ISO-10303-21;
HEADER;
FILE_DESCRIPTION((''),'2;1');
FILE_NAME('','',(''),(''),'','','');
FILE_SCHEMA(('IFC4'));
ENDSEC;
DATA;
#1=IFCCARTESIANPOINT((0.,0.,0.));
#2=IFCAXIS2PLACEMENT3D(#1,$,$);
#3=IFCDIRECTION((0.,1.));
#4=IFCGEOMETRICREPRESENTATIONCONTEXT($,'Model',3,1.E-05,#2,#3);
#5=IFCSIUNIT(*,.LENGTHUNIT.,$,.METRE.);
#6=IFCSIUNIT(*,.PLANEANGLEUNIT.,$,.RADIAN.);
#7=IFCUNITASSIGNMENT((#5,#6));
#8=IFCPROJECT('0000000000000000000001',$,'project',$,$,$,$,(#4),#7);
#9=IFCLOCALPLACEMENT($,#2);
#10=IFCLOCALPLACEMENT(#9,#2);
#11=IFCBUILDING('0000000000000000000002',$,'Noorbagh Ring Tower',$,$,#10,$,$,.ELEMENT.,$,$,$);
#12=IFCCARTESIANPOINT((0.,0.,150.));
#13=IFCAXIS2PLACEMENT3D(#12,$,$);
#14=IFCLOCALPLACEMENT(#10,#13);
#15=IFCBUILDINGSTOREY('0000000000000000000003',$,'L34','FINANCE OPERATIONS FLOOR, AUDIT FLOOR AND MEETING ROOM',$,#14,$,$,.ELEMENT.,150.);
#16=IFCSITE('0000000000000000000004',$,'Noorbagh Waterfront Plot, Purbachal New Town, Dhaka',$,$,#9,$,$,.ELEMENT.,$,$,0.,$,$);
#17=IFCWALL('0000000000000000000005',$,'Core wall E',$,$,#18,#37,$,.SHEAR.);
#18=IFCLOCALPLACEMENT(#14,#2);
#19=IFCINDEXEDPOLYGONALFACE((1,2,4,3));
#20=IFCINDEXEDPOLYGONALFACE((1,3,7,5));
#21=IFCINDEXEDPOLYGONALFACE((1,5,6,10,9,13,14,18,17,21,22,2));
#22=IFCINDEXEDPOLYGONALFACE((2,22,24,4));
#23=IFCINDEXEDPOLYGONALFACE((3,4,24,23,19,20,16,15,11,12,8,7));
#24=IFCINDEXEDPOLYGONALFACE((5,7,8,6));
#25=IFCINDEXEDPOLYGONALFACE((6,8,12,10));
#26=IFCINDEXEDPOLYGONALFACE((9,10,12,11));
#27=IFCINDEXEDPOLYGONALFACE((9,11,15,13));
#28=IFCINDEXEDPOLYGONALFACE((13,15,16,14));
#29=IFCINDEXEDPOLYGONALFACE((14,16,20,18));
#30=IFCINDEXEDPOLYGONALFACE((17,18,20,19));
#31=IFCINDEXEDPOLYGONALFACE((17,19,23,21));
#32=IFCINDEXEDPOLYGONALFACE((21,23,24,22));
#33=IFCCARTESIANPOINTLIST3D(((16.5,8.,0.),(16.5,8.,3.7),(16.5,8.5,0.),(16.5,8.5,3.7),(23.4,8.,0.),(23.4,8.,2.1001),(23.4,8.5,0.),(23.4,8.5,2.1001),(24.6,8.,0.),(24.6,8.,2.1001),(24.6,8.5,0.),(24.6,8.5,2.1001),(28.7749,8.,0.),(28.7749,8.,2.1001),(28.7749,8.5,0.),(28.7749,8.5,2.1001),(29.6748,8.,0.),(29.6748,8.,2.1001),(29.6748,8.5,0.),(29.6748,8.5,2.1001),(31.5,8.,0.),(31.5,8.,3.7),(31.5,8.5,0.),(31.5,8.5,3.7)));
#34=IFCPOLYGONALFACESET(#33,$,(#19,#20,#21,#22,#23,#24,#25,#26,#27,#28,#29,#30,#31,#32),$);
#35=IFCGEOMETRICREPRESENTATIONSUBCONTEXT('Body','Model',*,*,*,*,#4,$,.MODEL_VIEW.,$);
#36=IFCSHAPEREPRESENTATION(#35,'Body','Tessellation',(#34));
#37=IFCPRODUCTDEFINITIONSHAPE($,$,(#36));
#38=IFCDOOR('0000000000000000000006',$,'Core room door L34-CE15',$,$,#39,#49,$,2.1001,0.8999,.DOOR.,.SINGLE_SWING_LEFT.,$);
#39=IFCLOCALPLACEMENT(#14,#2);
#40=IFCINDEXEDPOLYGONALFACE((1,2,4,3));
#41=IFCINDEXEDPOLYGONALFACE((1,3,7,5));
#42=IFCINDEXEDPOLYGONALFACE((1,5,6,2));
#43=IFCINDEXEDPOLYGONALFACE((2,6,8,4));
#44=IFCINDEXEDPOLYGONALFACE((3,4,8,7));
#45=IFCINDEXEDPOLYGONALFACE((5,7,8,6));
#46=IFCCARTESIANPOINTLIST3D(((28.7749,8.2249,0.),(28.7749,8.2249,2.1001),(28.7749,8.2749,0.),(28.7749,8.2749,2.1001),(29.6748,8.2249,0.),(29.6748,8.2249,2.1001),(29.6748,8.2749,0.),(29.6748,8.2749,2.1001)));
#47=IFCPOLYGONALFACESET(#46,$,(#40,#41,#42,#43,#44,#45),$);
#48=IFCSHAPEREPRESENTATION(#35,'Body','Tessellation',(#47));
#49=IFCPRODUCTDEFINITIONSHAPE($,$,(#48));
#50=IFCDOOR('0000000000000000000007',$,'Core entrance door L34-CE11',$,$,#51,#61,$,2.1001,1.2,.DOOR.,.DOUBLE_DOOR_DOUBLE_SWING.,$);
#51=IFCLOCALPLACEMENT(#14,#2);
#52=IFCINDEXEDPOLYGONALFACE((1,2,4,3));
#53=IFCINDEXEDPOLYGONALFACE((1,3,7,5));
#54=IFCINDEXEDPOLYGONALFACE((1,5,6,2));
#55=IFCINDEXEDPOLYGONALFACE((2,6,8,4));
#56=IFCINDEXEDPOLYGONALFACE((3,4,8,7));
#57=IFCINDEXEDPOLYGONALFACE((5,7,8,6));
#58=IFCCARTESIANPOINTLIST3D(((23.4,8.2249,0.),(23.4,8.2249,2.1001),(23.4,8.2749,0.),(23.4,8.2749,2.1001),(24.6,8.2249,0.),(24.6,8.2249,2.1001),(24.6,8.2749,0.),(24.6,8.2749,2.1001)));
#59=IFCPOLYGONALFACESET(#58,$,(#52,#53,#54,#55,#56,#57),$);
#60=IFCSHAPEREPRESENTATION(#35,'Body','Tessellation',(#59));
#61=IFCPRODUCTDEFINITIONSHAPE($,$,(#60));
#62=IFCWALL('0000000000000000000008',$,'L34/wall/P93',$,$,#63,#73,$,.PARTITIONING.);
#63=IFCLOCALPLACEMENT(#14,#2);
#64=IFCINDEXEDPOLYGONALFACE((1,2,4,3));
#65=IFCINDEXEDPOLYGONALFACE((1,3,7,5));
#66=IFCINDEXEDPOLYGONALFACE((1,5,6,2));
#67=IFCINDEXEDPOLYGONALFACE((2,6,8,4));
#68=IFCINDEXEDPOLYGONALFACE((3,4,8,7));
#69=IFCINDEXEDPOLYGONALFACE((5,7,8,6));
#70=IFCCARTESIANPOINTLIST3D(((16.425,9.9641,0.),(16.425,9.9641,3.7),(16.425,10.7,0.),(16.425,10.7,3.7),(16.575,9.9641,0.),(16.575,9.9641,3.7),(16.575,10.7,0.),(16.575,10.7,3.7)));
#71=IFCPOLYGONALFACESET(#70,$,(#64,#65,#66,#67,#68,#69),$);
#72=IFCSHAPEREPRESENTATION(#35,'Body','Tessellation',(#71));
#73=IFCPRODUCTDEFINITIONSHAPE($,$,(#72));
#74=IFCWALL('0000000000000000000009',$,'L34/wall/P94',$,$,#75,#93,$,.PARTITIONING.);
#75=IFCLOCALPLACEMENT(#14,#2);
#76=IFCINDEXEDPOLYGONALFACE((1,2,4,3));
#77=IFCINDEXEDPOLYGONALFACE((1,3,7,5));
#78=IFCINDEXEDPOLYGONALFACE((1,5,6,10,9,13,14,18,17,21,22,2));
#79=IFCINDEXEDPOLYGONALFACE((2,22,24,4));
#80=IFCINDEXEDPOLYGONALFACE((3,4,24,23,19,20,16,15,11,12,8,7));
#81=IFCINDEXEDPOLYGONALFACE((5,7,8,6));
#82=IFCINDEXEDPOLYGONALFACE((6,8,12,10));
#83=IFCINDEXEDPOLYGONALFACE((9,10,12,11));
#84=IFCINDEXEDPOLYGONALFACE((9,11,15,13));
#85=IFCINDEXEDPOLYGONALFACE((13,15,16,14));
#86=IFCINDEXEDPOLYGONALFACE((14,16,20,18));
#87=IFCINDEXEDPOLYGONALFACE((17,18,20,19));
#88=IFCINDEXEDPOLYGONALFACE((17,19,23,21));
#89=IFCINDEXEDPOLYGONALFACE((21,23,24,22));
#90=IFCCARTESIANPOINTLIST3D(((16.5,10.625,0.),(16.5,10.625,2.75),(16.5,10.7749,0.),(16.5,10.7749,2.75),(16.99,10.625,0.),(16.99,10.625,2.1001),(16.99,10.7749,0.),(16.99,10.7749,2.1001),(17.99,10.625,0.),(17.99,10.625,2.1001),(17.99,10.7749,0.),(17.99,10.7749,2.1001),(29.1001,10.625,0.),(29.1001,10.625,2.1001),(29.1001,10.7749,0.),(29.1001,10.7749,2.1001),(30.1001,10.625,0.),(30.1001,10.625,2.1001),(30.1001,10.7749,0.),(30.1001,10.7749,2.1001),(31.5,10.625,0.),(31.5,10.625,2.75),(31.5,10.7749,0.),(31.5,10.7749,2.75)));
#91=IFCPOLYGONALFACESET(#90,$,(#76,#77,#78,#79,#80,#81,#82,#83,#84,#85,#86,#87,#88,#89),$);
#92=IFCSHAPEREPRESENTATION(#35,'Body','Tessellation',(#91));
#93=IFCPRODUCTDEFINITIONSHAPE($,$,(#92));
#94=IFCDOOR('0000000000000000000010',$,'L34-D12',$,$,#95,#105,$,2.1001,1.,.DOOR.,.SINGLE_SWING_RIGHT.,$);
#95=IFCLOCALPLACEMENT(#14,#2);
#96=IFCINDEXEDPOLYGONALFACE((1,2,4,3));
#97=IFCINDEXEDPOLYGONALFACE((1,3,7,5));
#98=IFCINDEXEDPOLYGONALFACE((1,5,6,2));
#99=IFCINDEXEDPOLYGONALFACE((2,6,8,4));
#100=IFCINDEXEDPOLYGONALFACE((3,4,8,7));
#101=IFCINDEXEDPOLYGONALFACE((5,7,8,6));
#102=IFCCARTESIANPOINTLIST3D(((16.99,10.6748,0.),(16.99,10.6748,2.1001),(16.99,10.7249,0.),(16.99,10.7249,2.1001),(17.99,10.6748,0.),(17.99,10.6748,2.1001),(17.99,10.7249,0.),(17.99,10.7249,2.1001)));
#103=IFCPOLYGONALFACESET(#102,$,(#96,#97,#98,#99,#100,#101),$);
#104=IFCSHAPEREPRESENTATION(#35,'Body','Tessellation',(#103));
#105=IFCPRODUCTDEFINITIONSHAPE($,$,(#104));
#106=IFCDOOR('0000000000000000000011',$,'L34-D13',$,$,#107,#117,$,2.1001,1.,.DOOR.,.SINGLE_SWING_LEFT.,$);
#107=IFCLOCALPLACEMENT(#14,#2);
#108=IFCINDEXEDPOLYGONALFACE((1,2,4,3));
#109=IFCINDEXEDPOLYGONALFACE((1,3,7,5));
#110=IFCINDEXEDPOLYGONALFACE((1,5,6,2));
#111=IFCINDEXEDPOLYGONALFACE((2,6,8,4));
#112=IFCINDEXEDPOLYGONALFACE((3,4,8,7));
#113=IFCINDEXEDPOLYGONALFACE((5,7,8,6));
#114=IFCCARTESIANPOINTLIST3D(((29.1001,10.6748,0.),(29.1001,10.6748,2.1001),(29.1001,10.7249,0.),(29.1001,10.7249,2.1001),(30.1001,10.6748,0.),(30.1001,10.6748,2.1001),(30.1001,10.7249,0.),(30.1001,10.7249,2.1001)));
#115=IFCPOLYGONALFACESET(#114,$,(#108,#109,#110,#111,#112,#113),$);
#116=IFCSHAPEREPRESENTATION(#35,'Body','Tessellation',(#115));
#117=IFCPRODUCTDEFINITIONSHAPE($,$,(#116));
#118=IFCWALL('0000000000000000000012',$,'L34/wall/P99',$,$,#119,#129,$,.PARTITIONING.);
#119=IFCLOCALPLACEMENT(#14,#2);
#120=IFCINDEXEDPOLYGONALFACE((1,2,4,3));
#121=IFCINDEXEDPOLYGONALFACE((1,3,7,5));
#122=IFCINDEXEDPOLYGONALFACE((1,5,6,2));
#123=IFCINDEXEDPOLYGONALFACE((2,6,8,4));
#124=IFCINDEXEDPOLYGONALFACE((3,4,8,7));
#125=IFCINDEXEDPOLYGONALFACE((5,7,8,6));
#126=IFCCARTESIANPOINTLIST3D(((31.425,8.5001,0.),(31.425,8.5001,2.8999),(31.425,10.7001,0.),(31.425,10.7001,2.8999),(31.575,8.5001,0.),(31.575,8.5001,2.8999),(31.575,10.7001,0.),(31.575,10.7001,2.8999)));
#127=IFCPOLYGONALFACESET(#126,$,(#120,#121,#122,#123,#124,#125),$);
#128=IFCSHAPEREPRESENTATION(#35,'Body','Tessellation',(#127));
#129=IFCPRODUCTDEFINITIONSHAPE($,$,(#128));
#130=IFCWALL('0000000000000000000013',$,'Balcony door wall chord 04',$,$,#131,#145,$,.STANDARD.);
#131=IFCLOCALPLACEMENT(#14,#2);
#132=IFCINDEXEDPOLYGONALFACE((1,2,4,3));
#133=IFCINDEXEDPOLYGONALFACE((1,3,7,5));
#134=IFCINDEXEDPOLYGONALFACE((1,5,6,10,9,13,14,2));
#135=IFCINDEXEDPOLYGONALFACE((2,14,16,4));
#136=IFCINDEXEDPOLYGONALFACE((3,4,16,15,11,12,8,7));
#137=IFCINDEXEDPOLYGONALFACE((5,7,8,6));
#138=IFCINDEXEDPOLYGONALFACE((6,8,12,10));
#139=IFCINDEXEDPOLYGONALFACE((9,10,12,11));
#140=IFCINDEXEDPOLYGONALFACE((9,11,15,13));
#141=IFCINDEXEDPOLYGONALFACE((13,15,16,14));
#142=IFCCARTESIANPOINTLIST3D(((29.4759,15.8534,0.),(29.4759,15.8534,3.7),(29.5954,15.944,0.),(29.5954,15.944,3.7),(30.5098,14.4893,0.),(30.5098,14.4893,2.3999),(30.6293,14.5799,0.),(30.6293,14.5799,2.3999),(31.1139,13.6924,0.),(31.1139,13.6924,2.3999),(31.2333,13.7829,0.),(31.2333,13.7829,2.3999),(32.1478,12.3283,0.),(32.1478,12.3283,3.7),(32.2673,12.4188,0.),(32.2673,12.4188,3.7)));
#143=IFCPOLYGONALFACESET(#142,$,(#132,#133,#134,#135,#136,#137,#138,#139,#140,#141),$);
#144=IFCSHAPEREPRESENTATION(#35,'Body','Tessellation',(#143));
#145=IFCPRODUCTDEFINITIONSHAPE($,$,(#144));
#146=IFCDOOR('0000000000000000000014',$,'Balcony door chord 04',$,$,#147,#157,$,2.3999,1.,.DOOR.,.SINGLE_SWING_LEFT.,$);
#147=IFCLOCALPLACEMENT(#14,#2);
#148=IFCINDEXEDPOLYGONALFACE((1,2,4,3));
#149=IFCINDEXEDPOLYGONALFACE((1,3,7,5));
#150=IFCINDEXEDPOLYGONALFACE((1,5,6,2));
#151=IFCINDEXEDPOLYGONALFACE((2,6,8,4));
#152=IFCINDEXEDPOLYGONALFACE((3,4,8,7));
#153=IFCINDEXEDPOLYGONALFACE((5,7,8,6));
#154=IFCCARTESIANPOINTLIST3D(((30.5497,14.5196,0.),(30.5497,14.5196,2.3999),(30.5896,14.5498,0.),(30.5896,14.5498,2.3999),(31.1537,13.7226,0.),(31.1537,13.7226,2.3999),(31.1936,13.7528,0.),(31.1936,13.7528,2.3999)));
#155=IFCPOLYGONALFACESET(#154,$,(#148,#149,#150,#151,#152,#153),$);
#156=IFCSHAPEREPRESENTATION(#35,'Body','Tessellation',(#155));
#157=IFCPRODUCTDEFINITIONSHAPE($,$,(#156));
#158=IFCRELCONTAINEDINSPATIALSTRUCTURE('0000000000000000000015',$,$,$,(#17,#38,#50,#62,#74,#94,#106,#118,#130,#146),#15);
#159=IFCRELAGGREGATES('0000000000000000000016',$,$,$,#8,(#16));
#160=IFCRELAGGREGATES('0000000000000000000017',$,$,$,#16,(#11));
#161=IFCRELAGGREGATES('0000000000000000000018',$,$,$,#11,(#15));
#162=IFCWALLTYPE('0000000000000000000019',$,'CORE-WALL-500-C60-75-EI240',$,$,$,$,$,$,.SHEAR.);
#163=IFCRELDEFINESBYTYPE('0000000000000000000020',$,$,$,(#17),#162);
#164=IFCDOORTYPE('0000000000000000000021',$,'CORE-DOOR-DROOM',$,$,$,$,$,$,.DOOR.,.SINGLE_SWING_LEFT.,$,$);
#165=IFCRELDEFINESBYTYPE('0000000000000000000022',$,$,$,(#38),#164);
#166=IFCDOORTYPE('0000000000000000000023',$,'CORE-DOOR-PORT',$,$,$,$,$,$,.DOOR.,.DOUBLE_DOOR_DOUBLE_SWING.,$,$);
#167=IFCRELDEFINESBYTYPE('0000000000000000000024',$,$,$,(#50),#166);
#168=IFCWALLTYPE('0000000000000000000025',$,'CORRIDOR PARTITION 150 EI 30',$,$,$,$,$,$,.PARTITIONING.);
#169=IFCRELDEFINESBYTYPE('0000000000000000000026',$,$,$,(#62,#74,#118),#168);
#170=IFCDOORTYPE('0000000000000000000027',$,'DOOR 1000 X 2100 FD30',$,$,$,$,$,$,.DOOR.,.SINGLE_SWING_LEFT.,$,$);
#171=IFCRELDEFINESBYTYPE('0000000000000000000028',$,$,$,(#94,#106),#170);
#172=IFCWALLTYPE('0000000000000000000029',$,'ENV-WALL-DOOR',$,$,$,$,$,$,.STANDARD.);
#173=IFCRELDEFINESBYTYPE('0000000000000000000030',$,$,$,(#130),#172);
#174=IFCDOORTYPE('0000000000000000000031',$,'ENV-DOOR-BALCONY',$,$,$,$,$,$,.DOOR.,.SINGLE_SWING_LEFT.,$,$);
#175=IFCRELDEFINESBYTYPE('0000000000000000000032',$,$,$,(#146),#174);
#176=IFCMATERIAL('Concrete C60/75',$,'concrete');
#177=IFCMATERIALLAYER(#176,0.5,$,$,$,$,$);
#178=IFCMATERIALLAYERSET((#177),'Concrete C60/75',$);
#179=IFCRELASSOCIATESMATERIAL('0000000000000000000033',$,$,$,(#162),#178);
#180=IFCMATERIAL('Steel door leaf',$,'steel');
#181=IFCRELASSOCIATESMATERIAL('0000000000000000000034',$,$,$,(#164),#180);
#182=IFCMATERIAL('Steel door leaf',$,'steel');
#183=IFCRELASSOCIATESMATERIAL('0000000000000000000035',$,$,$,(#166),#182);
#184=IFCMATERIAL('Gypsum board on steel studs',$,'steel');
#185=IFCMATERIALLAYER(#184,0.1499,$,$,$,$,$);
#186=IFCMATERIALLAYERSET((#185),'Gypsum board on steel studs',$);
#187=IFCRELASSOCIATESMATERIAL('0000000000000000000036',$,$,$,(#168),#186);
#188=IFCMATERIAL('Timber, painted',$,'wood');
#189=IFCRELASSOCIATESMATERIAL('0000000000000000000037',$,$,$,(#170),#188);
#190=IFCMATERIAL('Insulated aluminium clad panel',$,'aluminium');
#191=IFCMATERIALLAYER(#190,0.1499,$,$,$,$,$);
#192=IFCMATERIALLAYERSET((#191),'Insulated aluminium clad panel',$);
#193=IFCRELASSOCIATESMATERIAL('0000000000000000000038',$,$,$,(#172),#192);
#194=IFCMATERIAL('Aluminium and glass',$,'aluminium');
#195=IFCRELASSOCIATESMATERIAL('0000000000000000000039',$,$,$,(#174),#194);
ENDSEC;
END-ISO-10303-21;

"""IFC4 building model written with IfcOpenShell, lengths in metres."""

from ifc_helpers import new_model, si_unit, direction, frame, frame_2d, origin, place, context, subcontext, project, spatial, rectangle, extrude, material, layer, layer_set, type_object, element, fill, save


model = new_model("IFC4")

# Units and contexts
model_context = context("Model", 3, precision=1e-05, world=origin(), true_north=direction((0.0, 1.0)))
body_context = subcontext(model_context, "Body", "Model", "MODEL_VIEW")
ifc_project = project(units=[si_unit("LENGTHUNIT", "METRE"), si_unit("PLANEANGLEUNIT", "RADIAN")], contexts=[model_context])

# Site, building, storey
site_placement = place(None, origin())
site = spatial("IfcSite", under=ifc_project, at=site_placement, Name="Noorbagh Waterfront Plot, Purbachal New Town, Dhaka", CompositionType="ELEMENT", RefElevation=0.0)
building_placement = place(site_placement, origin())
building = spatial("IfcBuilding", under=site, at=building_placement, Name="Noorbagh Ring Tower", CompositionType="ELEMENT")
storey_placement = place(building_placement, frame((0.0, 0.0, 150.0)))
storey = spatial("IfcBuildingStorey", under=building, at=storey_placement, Name="L34", Description="FINANCE OPERATIONS FLOOR, AUDIT FLOOR AND MEETING ROOM", CompositionType="ELEMENT", Elevation=150.0)

# Wall, openings, doors
ifc_material_1 = material(Name="Concrete C60/75", Category="concrete")
ifc_layer_1 = layer(ifc_material_1, 0.5)
ifc_layer_set_1 = layer_set([ifc_layer_1], Name="Concrete C60/75")
wall_type_1 = type_object("IfcWallType", Name="CORE-WALL-500-C60-75-EI240", PredefinedType="SHEAR", material=ifc_layer_set_1)
wall_1_placement = place(storey_placement, frame((16.5, 8.25, 0.0), z_axis=(0.0, 0.0, 1.0), x_axis=(1.0, 0.0, 0.0)))
wall_1 = element("IfcWall", 1, at=wall_1_placement, inside=storey, type_object=wall_type_1, Name="Core wall E", PredefinedType="SHEAR", context=body_context, shape_type="SweptSolid", body=[
    extrude(rectangle(XDim=15.0, YDim=0.5, at=frame_2d((7.5, 0.0))), origin(), (0.0, 0.0, 1.0), 3.7),
])
opening_1_placement = place(wall_1_placement, frame((6.8999, 0.0, 0.0)))
opening_1 = element("IfcOpeningElement", 2, at=opening_1_placement, cuts=wall_1, PredefinedType="OPENING", context=body_context, shape_type="SweptSolid", body=[
    extrude(rectangle(XDim=1.2, YDim=2.1001, at=frame_2d((0.6001, 1.05))), frame((0.0, 0.26, 0.0), z_axis=(0.0, -1.0, 0.0), x_axis=(1.0, 0.0, 0.0)), (0.0, 0.0, 1.0), 0.52),
])
opening_2_placement = place(wall_1_placement, frame((12.2749, 0.0, 0.0)))
opening_2 = element("IfcOpeningElement", 3, at=opening_2_placement, cuts=wall_1, PredefinedType="OPENING", context=body_context, shape_type="SweptSolid", body=[
    extrude(rectangle(XDim=0.8999, YDim=2.1001, at=frame_2d((0.45, 1.05))), frame((0.0, 0.26, 0.0), z_axis=(0.0, -1.0, 0.0), x_axis=(1.0, 0.0, 0.0)), (0.0, 0.0, 1.0), 0.52),
])
ifc_material_2 = material(Name="Steel door leaf", Category="steel")
door_type_1 = type_object("IfcDoorType", Name="CORE-DOOR-DROOM", OperationType="SINGLE_SWING_LEFT", PredefinedType="DOOR", material=ifc_material_2)
door_1_placement = place(opening_2_placement, origin())
door_1 = element("IfcDoor", 4, at=door_1_placement, inside=storey, type_object=door_type_1, Name="Core room door L34-CE15", OperationType="SINGLE_SWING_LEFT", OverallHeight=2.1001, OverallWidth=0.8999, PredefinedType="DOOR", context=body_context, shape_type="SweptSolid", body=[
    extrude(rectangle(XDim=0.8999, YDim=2.1001, at=frame_2d((0.45, 1.05))), frame((0.0, 0.0249, 0.0), z_axis=(0.0, -1.0, 0.0), x_axis=(1.0, 0.0, 0.0)), (0.0, 0.0, 1.0), 0.05),
])
fill(opening_2, door_1)
ifc_material_3 = material(Name="Steel door leaf", Category="steel")
door_type_2 = type_object("IfcDoorType", Name="CORE-DOOR-PORT", OperationType="DOUBLE_DOOR_DOUBLE_SWING", PredefinedType="DOOR", material=ifc_material_3)
door_2_placement = place(opening_1_placement, origin())
door_2 = element("IfcDoor", 5, at=door_2_placement, inside=storey, type_object=door_type_2, Name="Core entrance door L34-CE11", OperationType="DOUBLE_DOOR_DOUBLE_SWING", OverallHeight=2.1001, OverallWidth=1.2, PredefinedType="DOOR", context=body_context, shape_type="SweptSolid", body=[
    extrude(rectangle(XDim=1.2, YDim=2.1001, at=frame_2d((0.6001, 1.05))), frame((0.0, 0.0249, 0.0), z_axis=(0.0, -1.0, 0.0), x_axis=(1.0, 0.0, 0.0)), (0.0, 0.0, 1.0), 0.05),
])
fill(opening_1, door_2)

# Wall
ifc_material_4 = material(Name="Gypsum board on steel studs", Category="steel")
ifc_layer_2 = layer(ifc_material_4, 0.1499)
ifc_layer_set_2 = layer_set([ifc_layer_2], Name="Gypsum board on steel studs")
wall_type_2 = type_object("IfcWallType", Name="CORRIDOR PARTITION 150 EI 30", PredefinedType="PARTITIONING", material=ifc_layer_set_2)
wall_2_placement = place(storey_placement, frame((16.5, 9.9641, 0.0), z_axis=(0.0, 0.0, 1.0), x_axis=(0.0, 1.0, 0.0)))
element("IfcWall", 6, at=wall_2_placement, inside=storey, type_object=wall_type_2, Name="L34/wall/P93", PredefinedType="PARTITIONING", context=body_context, shape_type="SweptSolid", body=[
    extrude(rectangle(XDim=0.7358, YDim=0.1499, at=frame_2d((0.3679, 0.0))), origin(), (0.0, 0.0, 1.0), 3.7),
])

# Wall, openings, doors
wall_3_placement = place(storey_placement, frame((16.5, 10.7, 0.0), z_axis=(0.0, 0.0, 1.0), x_axis=(1.0, 0.0, 0.0)))
wall_3 = element("IfcWall", 7, at=wall_3_placement, inside=storey, type_object=wall_type_2, Name="L34/wall/P94", PredefinedType="PARTITIONING", context=body_context, shape_type="SweptSolid", body=[
    extrude(rectangle(XDim=15.0, YDim=0.1499, at=frame_2d((7.5, 0.0))), origin(), (0.0, 0.0, 1.0), 2.75),
])
opening_3_placement = place(wall_3_placement, frame((0.49, 0.0, 0.0)))
opening_3 = element("IfcOpeningElement", 8, at=opening_3_placement, cuts=wall_3, PredefinedType="OPENING", context=body_context, shape_type="SweptSolid", body=[
    extrude(rectangle(XDim=1.0, YDim=2.1001, at=frame_2d((0.5, 1.05))), frame((0.0, 0.085, 0.0), z_axis=(0.0, -1.0, 0.0), x_axis=(1.0, 0.0, 0.0)), (0.0, 0.0, 1.0), 0.1699),
])
opening_4_placement = place(wall_3_placement, frame((12.6001, 0.0, 0.0)))
opening_4 = element("IfcOpeningElement", 9, at=opening_4_placement, cuts=wall_3, PredefinedType="OPENING", context=body_context, shape_type="SweptSolid", body=[
    extrude(rectangle(XDim=1.0, YDim=2.1001, at=frame_2d((0.5, 1.05))), frame((0.0, 0.085, 0.0), z_axis=(0.0, -1.0, 0.0), x_axis=(1.0, 0.0, 0.0)), (0.0, 0.0, 1.0), 0.1699),
])
ifc_material_5 = material(Name="Timber, painted", Category="wood")
door_type_3 = type_object("IfcDoorType", Name="DOOR 1000 X 2100 FD30", OperationType="SINGLE_SWING_LEFT", PredefinedType="DOOR", material=ifc_material_5)
door_3_placement = place(opening_3_placement, origin())
door_3 = element("IfcDoor", 10, at=door_3_placement, inside=storey, type_object=door_type_3, Name="L34-D12", OperationType="SINGLE_SWING_RIGHT", OverallHeight=2.1001, OverallWidth=1.0, PredefinedType="DOOR", context=body_context, shape_type="SweptSolid", body=[
    extrude(rectangle(XDim=1.0, YDim=2.1001, at=frame_2d((0.5, 1.05))), frame((0.0, 0.0249, 0.0), z_axis=(0.0, -1.0, 0.0), x_axis=(1.0, 0.0, 0.0)), (0.0, 0.0, 1.0), 0.05),
])
fill(opening_3, door_3)
door_4_placement = place(opening_4_placement, origin())
door_4 = element("IfcDoor", 11, at=door_4_placement, inside=storey, type_object=door_type_3, Name="L34-D13", OperationType="SINGLE_SWING_LEFT", OverallHeight=2.1001, OverallWidth=1.0, PredefinedType="DOOR", context=body_context, shape_type="SweptSolid", body=[
    extrude(rectangle(XDim=1.0, YDim=2.1001, at=frame_2d((0.5, 1.05))), frame((0.0, 0.0249, 0.0), z_axis=(0.0, -1.0, 0.0), x_axis=(1.0, 0.0, 0.0)), (0.0, 0.0, 1.0), 0.05),
])
fill(opening_4, door_4)

# Wall
wall_4_placement = place(storey_placement, frame((31.5, 8.5, 0.0), z_axis=(0.0, 0.0, 1.0), x_axis=(0.0, 1.0, 0.0)))
element("IfcWall", 12, at=wall_4_placement, inside=storey, type_object=wall_type_2, Name="L34/wall/P99", PredefinedType="PARTITIONING", context=body_context, shape_type="SweptSolid", body=[
    extrude(rectangle(XDim=2.2, YDim=0.1499, at=frame_2d((1.1001, 0.0))), origin(), (0.0, 0.0, 1.0), 2.8999),
])

# Wall, opening, door
ifc_material_6 = material(Name="Insulated aluminium clad panel", Category="aluminium")
ifc_layer_3 = layer(ifc_material_6, 0.1499)
ifc_layer_set_3 = layer_set([ifc_layer_3], Name="Insulated aluminium clad panel")
wall_type_3 = type_object("IfcWallType", Name="ENV-WALL-DOOR", PredefinedType="STANDARD", material=ifc_layer_set_3)
wall_5_placement = place(storey_placement, frame((32.2075, 12.3735, 0.0), z_axis=(0.0, 0.0, 1.0), x_axis=(-0.604046, 0.79695, 0.0)))
wall_5 = element("IfcWall", 13, at=wall_5_placement, inside=storey, type_object=wall_type_3, Name="Balcony door wall chord 04", PredefinedType="STANDARD", context=body_context, shape_type="SweptSolid", body=[
    extrude(rectangle(XDim=4.4233, YDim=0.1499, at=frame_2d((2.2117, 0.0))), origin(), (0.0, 0.0, 1.0), 3.7),
])
opening_5_placement = place(wall_5_placement, frame((1.7117, 0.0, 0.0)))
opening_5 = element("IfcOpeningElement", 14, at=opening_5_placement, cuts=wall_5, PredefinedType="OPENING", context=body_context, shape_type="SweptSolid", body=[
    extrude(rectangle(XDim=1.0, YDim=2.3999, at=frame_2d((0.5, 1.2))), frame((0.0, 0.085, 0.0), z_axis=(0.0, -1.0, 0.0), x_axis=(1.0, 0.0, 0.0)), (0.0, 0.0, 1.0), 0.1699),
])
ifc_material_7 = material(Name="Aluminium and glass", Category="aluminium")
door_type_4 = type_object("IfcDoorType", Name="ENV-DOOR-BALCONY", OperationType="SINGLE_SWING_LEFT", PredefinedType="DOOR", material=ifc_material_7)
door_5_placement = place(opening_5_placement, origin())
door_5 = element("IfcDoor", 15, at=door_5_placement, inside=storey, type_object=door_type_4, Name="Balcony door chord 04", OperationType="SINGLE_SWING_LEFT", OverallHeight=2.3999, OverallWidth=1.0, PredefinedType="DOOR", context=body_context, shape_type="SweptSolid", body=[
    extrude(rectangle(XDim=1.0, YDim=2.3999, at=frame_2d((0.5, 1.2))), frame((0.0, 0.0249, 0.0), z_axis=(0.0, -1.0, 0.0), x_axis=(1.0, 0.0, 0.0)), (0.0, 0.0, 1.0), 0.05),
])
fill(opening_5, door_5)

save(model, "model.ifc")
